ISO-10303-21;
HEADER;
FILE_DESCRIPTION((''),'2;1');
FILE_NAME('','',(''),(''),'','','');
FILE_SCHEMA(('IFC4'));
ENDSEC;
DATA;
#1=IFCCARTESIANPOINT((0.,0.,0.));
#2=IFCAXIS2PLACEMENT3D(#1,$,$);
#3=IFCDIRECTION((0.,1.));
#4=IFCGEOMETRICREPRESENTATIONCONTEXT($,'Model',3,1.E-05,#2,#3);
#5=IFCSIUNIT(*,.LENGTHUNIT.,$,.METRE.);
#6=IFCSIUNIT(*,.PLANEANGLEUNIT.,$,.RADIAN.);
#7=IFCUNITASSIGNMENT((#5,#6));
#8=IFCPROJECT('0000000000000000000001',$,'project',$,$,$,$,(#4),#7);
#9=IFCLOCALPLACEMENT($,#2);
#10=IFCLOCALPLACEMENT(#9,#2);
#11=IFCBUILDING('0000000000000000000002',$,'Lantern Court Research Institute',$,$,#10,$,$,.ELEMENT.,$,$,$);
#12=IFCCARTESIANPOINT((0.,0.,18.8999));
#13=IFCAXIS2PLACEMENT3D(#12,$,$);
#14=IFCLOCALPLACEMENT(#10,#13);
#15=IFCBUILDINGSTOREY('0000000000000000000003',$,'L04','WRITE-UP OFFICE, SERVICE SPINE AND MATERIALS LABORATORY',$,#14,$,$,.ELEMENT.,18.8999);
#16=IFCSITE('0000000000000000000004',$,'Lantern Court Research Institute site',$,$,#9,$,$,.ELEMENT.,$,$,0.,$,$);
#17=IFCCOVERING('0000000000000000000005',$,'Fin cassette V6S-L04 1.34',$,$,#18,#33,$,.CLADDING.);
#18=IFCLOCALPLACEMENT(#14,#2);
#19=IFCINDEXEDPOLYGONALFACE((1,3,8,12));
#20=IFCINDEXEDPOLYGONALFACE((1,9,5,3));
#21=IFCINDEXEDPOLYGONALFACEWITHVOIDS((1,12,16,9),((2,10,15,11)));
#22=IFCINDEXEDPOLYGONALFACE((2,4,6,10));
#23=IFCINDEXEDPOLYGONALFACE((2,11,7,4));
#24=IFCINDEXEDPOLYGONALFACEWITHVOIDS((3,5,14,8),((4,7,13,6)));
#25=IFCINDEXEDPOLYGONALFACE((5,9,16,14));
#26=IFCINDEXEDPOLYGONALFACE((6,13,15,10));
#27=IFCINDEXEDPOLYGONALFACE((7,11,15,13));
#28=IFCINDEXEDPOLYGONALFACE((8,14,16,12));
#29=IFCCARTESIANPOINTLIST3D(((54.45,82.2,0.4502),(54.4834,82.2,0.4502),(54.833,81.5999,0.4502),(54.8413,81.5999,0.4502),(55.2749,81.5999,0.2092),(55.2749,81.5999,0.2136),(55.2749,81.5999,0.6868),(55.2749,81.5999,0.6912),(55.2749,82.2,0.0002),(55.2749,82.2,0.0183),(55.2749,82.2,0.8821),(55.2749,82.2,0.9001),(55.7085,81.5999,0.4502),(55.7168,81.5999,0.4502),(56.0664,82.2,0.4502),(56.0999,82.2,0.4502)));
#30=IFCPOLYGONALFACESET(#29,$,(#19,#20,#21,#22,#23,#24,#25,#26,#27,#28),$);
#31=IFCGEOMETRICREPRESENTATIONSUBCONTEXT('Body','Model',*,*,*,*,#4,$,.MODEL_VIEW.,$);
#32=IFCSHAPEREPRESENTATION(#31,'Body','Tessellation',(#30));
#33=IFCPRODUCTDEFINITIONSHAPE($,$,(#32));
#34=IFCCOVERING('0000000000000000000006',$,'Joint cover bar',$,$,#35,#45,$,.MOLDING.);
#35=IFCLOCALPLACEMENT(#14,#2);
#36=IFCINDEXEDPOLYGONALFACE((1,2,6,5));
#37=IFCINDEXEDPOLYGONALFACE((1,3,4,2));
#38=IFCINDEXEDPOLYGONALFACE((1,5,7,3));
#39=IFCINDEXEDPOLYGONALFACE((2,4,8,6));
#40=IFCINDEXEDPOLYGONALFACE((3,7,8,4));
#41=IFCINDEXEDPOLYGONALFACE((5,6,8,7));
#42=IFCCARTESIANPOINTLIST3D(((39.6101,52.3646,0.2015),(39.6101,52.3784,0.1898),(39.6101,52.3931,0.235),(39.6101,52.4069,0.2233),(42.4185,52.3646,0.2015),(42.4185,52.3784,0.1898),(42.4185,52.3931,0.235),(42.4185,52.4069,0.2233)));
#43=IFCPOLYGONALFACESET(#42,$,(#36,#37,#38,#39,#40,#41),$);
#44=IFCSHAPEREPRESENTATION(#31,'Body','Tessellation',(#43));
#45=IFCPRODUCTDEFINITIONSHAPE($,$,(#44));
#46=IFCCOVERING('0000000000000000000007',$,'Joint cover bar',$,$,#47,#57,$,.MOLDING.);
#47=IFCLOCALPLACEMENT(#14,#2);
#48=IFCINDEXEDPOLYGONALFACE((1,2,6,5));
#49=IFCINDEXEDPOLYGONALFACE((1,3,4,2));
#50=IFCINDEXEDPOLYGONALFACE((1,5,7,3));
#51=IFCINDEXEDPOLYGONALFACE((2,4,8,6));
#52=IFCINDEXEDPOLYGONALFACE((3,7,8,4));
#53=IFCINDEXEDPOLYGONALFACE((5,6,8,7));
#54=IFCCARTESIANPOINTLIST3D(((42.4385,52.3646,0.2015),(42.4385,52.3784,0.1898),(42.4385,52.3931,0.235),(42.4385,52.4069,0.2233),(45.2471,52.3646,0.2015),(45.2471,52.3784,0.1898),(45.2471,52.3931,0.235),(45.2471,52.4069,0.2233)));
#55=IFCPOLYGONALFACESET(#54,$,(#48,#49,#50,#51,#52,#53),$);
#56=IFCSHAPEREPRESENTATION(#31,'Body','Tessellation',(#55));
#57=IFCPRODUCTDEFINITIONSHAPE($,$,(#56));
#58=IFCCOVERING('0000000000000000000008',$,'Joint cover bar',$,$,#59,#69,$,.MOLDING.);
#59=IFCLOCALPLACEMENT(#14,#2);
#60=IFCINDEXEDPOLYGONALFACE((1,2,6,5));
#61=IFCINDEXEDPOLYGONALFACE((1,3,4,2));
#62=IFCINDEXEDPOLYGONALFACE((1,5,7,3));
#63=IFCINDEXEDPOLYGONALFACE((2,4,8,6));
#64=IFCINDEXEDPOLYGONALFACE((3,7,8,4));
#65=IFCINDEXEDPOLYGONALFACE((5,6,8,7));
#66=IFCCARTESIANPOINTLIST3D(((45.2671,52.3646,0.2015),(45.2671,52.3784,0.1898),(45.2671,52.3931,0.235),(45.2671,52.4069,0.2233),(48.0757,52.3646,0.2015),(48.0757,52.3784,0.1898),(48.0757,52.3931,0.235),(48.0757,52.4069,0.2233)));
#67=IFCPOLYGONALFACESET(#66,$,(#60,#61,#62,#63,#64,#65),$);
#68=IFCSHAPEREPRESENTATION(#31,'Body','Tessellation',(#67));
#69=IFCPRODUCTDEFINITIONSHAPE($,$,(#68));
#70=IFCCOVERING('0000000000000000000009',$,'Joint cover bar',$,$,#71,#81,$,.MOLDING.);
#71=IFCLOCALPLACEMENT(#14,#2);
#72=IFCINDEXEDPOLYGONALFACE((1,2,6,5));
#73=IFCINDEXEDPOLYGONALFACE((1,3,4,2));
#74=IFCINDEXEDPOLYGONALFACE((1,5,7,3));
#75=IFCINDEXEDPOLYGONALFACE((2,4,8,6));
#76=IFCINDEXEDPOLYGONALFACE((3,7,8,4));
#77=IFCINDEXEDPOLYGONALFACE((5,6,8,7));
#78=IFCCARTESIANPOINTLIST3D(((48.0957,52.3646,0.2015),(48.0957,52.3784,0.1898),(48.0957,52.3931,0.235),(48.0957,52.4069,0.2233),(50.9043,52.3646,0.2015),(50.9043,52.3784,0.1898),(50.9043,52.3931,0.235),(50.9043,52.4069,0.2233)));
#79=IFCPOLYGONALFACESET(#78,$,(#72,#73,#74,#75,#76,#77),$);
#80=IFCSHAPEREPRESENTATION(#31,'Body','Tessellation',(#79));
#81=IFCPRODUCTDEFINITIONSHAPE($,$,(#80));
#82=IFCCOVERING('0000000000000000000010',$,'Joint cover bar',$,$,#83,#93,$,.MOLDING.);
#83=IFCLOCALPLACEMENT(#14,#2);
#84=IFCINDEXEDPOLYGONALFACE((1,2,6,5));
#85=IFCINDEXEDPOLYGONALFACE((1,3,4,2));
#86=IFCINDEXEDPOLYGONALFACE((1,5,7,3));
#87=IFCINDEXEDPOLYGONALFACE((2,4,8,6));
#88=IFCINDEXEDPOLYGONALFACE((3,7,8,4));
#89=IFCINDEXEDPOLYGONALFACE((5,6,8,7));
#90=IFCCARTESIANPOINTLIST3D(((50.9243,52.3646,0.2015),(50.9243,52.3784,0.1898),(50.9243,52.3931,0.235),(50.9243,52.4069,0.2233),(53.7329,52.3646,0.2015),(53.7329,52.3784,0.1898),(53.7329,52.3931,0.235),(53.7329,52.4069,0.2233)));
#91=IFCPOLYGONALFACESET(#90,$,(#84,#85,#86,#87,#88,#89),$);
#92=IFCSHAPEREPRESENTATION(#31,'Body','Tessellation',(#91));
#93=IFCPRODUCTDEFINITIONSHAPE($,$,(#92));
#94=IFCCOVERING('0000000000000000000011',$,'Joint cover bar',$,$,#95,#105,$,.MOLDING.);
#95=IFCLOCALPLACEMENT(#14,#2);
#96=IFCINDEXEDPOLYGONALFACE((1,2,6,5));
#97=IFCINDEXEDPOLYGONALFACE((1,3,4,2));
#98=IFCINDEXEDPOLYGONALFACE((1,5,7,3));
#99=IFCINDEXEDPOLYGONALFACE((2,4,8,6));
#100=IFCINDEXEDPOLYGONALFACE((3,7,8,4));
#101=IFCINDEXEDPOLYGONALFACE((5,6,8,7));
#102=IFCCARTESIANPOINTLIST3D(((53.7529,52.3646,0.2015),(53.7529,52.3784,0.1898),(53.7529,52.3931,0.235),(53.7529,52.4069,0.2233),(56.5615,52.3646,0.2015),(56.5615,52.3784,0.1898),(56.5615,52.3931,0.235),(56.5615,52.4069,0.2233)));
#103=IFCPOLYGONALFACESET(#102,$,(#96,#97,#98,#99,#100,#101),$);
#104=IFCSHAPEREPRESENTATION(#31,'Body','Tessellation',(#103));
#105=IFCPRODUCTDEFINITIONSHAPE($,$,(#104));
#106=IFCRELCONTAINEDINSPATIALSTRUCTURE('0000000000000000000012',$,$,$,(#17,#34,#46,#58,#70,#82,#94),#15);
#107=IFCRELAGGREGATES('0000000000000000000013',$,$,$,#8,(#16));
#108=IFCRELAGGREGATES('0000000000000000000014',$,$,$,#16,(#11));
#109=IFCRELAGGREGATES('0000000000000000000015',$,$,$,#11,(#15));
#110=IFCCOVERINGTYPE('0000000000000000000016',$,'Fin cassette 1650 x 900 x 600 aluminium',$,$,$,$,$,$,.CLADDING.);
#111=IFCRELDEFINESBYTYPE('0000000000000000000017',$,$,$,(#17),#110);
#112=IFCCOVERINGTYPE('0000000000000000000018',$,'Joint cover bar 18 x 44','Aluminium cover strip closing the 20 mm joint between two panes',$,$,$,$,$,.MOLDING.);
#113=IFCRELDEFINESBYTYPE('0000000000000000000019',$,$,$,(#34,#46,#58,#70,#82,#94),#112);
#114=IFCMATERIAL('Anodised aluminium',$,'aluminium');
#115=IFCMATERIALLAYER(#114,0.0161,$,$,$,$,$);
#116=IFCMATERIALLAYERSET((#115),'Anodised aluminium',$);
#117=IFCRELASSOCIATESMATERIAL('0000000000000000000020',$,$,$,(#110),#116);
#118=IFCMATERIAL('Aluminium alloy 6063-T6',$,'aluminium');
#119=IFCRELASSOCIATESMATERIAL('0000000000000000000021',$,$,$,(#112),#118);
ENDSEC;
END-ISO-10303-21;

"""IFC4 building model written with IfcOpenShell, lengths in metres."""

from ifc_helpers import new_model, entity, si_unit, direction, frame, origin, origin_2d, place, context, subcontext, project, spatial, rectangle, extrude, material, layer, layer_set, material_profile, profile_set, type_object, element, save


model = new_model("IFC4")

# Units and contexts
model_context = context("Model", 3, precision=1e-05, world=origin(), true_north=direction((0.0, 1.0)))
body_context = subcontext(model_context, "Body", "Model", "MODEL_VIEW")
ifc_project = project(units=[si_unit("LENGTHUNIT", "METRE"), si_unit("PLANEANGLEUNIT", "RADIAN")], contexts=[model_context])

# Site, building, storey
site_placement = place(None, origin())
site = spatial("IfcSite", under=ifc_project, at=site_placement, Name="Lantern Court Research Institute site", CompositionType="ELEMENT", RefElevation=0.0)
building_placement = place(site_placement, origin())
building = spatial("IfcBuilding", under=site, at=building_placement, Name="Lantern Court Research Institute", CompositionType="ELEMENT")
storey_placement = place(building_placement, frame((0.0, 0.0, 18.8999)))
storey = spatial("IfcBuildingStorey", under=building, at=storey_placement, Name="L04", Description="WRITE-UP OFFICE, SERVICE SPINE AND MATERIALS LABORATORY", CompositionType="ELEMENT", Elevation=18.8999)

# Coverings
ifc_material_1 = material(Name="Anodised aluminium", Category="aluminium")
ifc_layer_1 = layer(ifc_material_1, 0.0161)
ifc_layer_set_1 = layer_set([ifc_layer_1], Name="Anodised aluminium")
covering_type_1 = type_object("IfcCoveringType", Name="Fin cassette 1650 x 900 x 600 aluminium", PredefinedType="CLADDING", material=ifc_layer_set_1)
covering_1_placement = place(storey_placement, frame((55.2749, 82.2, 0.4502), z_axis=(0.0, -1.0, 0.0), x_axis=(1.0, 0.0, 0.0)))
cartesian_point_1 = entity("IfcCartesianPoint", [0.825, 0.0])
cartesian_point_2 = entity("IfcCartesianPoint", [0.7915, 0.0])
cartesian_point_3 = entity("IfcCartesianPoint", [0.4419, 0.0])
cartesian_point_4 = entity("IfcCartesianPoint", [0.4336, 0.0])
element("IfcCovering", 1, at=covering_1_placement, inside=storey, type_object=covering_type_1, Name="Fin cassette V6S-L04 1.34", PredefinedType="CLADDING", context=body_context, shape_type="SweptSolid", body=[
    entity("IfcExtrudedAreaSolidTapered", entity("IfcArbitraryProfileDefWithVoids", "AREA", None, entity("IfcPolyline", [cartesian_point_1, entity("IfcCartesianPoint", [0.0, 0.45]), entity("IfcCartesianPoint", [-0.825, 0.0]), entity("IfcCartesianPoint", [0.0, -0.45]), cartesian_point_1]), [entity("IfcPolyline", [cartesian_point_2, entity("IfcCartesianPoint", [0.0, 0.4319]), entity("IfcCartesianPoint", [-0.7915, 0.0]), entity("IfcCartesianPoint", [0.0, -0.4319]), cartesian_point_2])]), entity("IfcAxis2Placement3D", entity("IfcCartesianPoint", [0.0, 0.0, 0.0])), entity("IfcDirection", [0.0, 0.0, 1.0]), 0.6001, entity("IfcArbitraryProfileDefWithVoids", "AREA", None, entity("IfcPolyline", [cartesian_point_3, entity("IfcCartesianPoint", [0.0, 0.241]), entity("IfcCartesianPoint", [-0.4419, 0.0]), entity("IfcCartesianPoint", [0.0, -0.241]), cartesian_point_3]), [entity("IfcPolyline", [cartesian_point_4, entity("IfcCartesianPoint", [0.0, 0.2366]), entity("IfcCartesianPoint", [-0.4336, 0.0]), entity("IfcCartesianPoint", [0.0, -0.2366]), cartesian_point_4])])),
])
ifc_material_2 = material(Name="Aluminium alloy 6063-T6", Category="aluminium")
ifc_material_profile_1 = material_profile(ifc_material_2, rectangle(XDim=0.0181, YDim=0.0439, at=origin_2d()), Name="Joint cover bar 18 x 44")
ifc_profile_set_1 = profile_set([ifc_material_profile_1], Name="Aluminium alloy 6063-T6")
covering_type_2 = type_object("IfcCoveringType", Name="Joint cover bar 18 x 44", Description="Aluminium cover strip closing the 20 mm joint between two panes", PredefinedType="MOLDING", material=ifc_profile_set_1)
covering_2_placement = place(storey_placement, frame((39.6101, 52.3857, 0.2124), z_axis=(1.0, 0.0, 0.0), x_axis=(0.0, 0.761673, -0.647962)))
element("IfcCovering", 2, at=covering_2_placement, inside=storey, type_object=covering_type_2, Name="Joint cover bar", PredefinedType="MOLDING", context=body_context, shape_type="SweptSolid", body=[
    extrude(rectangle(XDim=0.0181, YDim=0.0439, at=origin_2d()), origin(), (0.0, 0.0, 1.0), 2.8083),
])
for number, where, z_axis, x_axis, name in (
    (3, (42.4385, 52.3857, 0.2124), (1.0, 0.0, 0.0), (0.0, 0.761673, -0.647962), "Joint cover bar"),
    (4, (45.2671, 52.3857, 0.2124), (1.0, 0.0, 0.0), (0.0, 0.761673, -0.647962), "Joint cover bar"),
    (5, (48.0957, 52.3857, 0.2124), (1.0, 0.0, 0.0), (0.0, 0.761673, -0.647962), "Joint cover bar"),
    (6, (50.9243, 52.3857, 0.2124), (1.0, 0.0, 0.0), (0.0, 0.761673, -0.647962), "Joint cover bar"),
    (7, (53.7529, 52.3857, 0.2124), (1.0, 0.0, 0.0), (0.0, 0.761673, -0.647962), "Joint cover bar"),
):
    element("IfcCovering", number, at=place(storey_placement, frame(where, z_axis=z_axis, x_axis=x_axis)), inside=storey, type_object=covering_type_2, Name=name, PredefinedType="MOLDING", context=body_context, shape_type="SweptSolid", body=[
        extrude(rectangle(XDim=0.0181, YDim=0.0439, at=origin_2d()), origin(), (0.0, 0.0, 1.0), 2.8086),
    ])

save(model, "model.ifc")
